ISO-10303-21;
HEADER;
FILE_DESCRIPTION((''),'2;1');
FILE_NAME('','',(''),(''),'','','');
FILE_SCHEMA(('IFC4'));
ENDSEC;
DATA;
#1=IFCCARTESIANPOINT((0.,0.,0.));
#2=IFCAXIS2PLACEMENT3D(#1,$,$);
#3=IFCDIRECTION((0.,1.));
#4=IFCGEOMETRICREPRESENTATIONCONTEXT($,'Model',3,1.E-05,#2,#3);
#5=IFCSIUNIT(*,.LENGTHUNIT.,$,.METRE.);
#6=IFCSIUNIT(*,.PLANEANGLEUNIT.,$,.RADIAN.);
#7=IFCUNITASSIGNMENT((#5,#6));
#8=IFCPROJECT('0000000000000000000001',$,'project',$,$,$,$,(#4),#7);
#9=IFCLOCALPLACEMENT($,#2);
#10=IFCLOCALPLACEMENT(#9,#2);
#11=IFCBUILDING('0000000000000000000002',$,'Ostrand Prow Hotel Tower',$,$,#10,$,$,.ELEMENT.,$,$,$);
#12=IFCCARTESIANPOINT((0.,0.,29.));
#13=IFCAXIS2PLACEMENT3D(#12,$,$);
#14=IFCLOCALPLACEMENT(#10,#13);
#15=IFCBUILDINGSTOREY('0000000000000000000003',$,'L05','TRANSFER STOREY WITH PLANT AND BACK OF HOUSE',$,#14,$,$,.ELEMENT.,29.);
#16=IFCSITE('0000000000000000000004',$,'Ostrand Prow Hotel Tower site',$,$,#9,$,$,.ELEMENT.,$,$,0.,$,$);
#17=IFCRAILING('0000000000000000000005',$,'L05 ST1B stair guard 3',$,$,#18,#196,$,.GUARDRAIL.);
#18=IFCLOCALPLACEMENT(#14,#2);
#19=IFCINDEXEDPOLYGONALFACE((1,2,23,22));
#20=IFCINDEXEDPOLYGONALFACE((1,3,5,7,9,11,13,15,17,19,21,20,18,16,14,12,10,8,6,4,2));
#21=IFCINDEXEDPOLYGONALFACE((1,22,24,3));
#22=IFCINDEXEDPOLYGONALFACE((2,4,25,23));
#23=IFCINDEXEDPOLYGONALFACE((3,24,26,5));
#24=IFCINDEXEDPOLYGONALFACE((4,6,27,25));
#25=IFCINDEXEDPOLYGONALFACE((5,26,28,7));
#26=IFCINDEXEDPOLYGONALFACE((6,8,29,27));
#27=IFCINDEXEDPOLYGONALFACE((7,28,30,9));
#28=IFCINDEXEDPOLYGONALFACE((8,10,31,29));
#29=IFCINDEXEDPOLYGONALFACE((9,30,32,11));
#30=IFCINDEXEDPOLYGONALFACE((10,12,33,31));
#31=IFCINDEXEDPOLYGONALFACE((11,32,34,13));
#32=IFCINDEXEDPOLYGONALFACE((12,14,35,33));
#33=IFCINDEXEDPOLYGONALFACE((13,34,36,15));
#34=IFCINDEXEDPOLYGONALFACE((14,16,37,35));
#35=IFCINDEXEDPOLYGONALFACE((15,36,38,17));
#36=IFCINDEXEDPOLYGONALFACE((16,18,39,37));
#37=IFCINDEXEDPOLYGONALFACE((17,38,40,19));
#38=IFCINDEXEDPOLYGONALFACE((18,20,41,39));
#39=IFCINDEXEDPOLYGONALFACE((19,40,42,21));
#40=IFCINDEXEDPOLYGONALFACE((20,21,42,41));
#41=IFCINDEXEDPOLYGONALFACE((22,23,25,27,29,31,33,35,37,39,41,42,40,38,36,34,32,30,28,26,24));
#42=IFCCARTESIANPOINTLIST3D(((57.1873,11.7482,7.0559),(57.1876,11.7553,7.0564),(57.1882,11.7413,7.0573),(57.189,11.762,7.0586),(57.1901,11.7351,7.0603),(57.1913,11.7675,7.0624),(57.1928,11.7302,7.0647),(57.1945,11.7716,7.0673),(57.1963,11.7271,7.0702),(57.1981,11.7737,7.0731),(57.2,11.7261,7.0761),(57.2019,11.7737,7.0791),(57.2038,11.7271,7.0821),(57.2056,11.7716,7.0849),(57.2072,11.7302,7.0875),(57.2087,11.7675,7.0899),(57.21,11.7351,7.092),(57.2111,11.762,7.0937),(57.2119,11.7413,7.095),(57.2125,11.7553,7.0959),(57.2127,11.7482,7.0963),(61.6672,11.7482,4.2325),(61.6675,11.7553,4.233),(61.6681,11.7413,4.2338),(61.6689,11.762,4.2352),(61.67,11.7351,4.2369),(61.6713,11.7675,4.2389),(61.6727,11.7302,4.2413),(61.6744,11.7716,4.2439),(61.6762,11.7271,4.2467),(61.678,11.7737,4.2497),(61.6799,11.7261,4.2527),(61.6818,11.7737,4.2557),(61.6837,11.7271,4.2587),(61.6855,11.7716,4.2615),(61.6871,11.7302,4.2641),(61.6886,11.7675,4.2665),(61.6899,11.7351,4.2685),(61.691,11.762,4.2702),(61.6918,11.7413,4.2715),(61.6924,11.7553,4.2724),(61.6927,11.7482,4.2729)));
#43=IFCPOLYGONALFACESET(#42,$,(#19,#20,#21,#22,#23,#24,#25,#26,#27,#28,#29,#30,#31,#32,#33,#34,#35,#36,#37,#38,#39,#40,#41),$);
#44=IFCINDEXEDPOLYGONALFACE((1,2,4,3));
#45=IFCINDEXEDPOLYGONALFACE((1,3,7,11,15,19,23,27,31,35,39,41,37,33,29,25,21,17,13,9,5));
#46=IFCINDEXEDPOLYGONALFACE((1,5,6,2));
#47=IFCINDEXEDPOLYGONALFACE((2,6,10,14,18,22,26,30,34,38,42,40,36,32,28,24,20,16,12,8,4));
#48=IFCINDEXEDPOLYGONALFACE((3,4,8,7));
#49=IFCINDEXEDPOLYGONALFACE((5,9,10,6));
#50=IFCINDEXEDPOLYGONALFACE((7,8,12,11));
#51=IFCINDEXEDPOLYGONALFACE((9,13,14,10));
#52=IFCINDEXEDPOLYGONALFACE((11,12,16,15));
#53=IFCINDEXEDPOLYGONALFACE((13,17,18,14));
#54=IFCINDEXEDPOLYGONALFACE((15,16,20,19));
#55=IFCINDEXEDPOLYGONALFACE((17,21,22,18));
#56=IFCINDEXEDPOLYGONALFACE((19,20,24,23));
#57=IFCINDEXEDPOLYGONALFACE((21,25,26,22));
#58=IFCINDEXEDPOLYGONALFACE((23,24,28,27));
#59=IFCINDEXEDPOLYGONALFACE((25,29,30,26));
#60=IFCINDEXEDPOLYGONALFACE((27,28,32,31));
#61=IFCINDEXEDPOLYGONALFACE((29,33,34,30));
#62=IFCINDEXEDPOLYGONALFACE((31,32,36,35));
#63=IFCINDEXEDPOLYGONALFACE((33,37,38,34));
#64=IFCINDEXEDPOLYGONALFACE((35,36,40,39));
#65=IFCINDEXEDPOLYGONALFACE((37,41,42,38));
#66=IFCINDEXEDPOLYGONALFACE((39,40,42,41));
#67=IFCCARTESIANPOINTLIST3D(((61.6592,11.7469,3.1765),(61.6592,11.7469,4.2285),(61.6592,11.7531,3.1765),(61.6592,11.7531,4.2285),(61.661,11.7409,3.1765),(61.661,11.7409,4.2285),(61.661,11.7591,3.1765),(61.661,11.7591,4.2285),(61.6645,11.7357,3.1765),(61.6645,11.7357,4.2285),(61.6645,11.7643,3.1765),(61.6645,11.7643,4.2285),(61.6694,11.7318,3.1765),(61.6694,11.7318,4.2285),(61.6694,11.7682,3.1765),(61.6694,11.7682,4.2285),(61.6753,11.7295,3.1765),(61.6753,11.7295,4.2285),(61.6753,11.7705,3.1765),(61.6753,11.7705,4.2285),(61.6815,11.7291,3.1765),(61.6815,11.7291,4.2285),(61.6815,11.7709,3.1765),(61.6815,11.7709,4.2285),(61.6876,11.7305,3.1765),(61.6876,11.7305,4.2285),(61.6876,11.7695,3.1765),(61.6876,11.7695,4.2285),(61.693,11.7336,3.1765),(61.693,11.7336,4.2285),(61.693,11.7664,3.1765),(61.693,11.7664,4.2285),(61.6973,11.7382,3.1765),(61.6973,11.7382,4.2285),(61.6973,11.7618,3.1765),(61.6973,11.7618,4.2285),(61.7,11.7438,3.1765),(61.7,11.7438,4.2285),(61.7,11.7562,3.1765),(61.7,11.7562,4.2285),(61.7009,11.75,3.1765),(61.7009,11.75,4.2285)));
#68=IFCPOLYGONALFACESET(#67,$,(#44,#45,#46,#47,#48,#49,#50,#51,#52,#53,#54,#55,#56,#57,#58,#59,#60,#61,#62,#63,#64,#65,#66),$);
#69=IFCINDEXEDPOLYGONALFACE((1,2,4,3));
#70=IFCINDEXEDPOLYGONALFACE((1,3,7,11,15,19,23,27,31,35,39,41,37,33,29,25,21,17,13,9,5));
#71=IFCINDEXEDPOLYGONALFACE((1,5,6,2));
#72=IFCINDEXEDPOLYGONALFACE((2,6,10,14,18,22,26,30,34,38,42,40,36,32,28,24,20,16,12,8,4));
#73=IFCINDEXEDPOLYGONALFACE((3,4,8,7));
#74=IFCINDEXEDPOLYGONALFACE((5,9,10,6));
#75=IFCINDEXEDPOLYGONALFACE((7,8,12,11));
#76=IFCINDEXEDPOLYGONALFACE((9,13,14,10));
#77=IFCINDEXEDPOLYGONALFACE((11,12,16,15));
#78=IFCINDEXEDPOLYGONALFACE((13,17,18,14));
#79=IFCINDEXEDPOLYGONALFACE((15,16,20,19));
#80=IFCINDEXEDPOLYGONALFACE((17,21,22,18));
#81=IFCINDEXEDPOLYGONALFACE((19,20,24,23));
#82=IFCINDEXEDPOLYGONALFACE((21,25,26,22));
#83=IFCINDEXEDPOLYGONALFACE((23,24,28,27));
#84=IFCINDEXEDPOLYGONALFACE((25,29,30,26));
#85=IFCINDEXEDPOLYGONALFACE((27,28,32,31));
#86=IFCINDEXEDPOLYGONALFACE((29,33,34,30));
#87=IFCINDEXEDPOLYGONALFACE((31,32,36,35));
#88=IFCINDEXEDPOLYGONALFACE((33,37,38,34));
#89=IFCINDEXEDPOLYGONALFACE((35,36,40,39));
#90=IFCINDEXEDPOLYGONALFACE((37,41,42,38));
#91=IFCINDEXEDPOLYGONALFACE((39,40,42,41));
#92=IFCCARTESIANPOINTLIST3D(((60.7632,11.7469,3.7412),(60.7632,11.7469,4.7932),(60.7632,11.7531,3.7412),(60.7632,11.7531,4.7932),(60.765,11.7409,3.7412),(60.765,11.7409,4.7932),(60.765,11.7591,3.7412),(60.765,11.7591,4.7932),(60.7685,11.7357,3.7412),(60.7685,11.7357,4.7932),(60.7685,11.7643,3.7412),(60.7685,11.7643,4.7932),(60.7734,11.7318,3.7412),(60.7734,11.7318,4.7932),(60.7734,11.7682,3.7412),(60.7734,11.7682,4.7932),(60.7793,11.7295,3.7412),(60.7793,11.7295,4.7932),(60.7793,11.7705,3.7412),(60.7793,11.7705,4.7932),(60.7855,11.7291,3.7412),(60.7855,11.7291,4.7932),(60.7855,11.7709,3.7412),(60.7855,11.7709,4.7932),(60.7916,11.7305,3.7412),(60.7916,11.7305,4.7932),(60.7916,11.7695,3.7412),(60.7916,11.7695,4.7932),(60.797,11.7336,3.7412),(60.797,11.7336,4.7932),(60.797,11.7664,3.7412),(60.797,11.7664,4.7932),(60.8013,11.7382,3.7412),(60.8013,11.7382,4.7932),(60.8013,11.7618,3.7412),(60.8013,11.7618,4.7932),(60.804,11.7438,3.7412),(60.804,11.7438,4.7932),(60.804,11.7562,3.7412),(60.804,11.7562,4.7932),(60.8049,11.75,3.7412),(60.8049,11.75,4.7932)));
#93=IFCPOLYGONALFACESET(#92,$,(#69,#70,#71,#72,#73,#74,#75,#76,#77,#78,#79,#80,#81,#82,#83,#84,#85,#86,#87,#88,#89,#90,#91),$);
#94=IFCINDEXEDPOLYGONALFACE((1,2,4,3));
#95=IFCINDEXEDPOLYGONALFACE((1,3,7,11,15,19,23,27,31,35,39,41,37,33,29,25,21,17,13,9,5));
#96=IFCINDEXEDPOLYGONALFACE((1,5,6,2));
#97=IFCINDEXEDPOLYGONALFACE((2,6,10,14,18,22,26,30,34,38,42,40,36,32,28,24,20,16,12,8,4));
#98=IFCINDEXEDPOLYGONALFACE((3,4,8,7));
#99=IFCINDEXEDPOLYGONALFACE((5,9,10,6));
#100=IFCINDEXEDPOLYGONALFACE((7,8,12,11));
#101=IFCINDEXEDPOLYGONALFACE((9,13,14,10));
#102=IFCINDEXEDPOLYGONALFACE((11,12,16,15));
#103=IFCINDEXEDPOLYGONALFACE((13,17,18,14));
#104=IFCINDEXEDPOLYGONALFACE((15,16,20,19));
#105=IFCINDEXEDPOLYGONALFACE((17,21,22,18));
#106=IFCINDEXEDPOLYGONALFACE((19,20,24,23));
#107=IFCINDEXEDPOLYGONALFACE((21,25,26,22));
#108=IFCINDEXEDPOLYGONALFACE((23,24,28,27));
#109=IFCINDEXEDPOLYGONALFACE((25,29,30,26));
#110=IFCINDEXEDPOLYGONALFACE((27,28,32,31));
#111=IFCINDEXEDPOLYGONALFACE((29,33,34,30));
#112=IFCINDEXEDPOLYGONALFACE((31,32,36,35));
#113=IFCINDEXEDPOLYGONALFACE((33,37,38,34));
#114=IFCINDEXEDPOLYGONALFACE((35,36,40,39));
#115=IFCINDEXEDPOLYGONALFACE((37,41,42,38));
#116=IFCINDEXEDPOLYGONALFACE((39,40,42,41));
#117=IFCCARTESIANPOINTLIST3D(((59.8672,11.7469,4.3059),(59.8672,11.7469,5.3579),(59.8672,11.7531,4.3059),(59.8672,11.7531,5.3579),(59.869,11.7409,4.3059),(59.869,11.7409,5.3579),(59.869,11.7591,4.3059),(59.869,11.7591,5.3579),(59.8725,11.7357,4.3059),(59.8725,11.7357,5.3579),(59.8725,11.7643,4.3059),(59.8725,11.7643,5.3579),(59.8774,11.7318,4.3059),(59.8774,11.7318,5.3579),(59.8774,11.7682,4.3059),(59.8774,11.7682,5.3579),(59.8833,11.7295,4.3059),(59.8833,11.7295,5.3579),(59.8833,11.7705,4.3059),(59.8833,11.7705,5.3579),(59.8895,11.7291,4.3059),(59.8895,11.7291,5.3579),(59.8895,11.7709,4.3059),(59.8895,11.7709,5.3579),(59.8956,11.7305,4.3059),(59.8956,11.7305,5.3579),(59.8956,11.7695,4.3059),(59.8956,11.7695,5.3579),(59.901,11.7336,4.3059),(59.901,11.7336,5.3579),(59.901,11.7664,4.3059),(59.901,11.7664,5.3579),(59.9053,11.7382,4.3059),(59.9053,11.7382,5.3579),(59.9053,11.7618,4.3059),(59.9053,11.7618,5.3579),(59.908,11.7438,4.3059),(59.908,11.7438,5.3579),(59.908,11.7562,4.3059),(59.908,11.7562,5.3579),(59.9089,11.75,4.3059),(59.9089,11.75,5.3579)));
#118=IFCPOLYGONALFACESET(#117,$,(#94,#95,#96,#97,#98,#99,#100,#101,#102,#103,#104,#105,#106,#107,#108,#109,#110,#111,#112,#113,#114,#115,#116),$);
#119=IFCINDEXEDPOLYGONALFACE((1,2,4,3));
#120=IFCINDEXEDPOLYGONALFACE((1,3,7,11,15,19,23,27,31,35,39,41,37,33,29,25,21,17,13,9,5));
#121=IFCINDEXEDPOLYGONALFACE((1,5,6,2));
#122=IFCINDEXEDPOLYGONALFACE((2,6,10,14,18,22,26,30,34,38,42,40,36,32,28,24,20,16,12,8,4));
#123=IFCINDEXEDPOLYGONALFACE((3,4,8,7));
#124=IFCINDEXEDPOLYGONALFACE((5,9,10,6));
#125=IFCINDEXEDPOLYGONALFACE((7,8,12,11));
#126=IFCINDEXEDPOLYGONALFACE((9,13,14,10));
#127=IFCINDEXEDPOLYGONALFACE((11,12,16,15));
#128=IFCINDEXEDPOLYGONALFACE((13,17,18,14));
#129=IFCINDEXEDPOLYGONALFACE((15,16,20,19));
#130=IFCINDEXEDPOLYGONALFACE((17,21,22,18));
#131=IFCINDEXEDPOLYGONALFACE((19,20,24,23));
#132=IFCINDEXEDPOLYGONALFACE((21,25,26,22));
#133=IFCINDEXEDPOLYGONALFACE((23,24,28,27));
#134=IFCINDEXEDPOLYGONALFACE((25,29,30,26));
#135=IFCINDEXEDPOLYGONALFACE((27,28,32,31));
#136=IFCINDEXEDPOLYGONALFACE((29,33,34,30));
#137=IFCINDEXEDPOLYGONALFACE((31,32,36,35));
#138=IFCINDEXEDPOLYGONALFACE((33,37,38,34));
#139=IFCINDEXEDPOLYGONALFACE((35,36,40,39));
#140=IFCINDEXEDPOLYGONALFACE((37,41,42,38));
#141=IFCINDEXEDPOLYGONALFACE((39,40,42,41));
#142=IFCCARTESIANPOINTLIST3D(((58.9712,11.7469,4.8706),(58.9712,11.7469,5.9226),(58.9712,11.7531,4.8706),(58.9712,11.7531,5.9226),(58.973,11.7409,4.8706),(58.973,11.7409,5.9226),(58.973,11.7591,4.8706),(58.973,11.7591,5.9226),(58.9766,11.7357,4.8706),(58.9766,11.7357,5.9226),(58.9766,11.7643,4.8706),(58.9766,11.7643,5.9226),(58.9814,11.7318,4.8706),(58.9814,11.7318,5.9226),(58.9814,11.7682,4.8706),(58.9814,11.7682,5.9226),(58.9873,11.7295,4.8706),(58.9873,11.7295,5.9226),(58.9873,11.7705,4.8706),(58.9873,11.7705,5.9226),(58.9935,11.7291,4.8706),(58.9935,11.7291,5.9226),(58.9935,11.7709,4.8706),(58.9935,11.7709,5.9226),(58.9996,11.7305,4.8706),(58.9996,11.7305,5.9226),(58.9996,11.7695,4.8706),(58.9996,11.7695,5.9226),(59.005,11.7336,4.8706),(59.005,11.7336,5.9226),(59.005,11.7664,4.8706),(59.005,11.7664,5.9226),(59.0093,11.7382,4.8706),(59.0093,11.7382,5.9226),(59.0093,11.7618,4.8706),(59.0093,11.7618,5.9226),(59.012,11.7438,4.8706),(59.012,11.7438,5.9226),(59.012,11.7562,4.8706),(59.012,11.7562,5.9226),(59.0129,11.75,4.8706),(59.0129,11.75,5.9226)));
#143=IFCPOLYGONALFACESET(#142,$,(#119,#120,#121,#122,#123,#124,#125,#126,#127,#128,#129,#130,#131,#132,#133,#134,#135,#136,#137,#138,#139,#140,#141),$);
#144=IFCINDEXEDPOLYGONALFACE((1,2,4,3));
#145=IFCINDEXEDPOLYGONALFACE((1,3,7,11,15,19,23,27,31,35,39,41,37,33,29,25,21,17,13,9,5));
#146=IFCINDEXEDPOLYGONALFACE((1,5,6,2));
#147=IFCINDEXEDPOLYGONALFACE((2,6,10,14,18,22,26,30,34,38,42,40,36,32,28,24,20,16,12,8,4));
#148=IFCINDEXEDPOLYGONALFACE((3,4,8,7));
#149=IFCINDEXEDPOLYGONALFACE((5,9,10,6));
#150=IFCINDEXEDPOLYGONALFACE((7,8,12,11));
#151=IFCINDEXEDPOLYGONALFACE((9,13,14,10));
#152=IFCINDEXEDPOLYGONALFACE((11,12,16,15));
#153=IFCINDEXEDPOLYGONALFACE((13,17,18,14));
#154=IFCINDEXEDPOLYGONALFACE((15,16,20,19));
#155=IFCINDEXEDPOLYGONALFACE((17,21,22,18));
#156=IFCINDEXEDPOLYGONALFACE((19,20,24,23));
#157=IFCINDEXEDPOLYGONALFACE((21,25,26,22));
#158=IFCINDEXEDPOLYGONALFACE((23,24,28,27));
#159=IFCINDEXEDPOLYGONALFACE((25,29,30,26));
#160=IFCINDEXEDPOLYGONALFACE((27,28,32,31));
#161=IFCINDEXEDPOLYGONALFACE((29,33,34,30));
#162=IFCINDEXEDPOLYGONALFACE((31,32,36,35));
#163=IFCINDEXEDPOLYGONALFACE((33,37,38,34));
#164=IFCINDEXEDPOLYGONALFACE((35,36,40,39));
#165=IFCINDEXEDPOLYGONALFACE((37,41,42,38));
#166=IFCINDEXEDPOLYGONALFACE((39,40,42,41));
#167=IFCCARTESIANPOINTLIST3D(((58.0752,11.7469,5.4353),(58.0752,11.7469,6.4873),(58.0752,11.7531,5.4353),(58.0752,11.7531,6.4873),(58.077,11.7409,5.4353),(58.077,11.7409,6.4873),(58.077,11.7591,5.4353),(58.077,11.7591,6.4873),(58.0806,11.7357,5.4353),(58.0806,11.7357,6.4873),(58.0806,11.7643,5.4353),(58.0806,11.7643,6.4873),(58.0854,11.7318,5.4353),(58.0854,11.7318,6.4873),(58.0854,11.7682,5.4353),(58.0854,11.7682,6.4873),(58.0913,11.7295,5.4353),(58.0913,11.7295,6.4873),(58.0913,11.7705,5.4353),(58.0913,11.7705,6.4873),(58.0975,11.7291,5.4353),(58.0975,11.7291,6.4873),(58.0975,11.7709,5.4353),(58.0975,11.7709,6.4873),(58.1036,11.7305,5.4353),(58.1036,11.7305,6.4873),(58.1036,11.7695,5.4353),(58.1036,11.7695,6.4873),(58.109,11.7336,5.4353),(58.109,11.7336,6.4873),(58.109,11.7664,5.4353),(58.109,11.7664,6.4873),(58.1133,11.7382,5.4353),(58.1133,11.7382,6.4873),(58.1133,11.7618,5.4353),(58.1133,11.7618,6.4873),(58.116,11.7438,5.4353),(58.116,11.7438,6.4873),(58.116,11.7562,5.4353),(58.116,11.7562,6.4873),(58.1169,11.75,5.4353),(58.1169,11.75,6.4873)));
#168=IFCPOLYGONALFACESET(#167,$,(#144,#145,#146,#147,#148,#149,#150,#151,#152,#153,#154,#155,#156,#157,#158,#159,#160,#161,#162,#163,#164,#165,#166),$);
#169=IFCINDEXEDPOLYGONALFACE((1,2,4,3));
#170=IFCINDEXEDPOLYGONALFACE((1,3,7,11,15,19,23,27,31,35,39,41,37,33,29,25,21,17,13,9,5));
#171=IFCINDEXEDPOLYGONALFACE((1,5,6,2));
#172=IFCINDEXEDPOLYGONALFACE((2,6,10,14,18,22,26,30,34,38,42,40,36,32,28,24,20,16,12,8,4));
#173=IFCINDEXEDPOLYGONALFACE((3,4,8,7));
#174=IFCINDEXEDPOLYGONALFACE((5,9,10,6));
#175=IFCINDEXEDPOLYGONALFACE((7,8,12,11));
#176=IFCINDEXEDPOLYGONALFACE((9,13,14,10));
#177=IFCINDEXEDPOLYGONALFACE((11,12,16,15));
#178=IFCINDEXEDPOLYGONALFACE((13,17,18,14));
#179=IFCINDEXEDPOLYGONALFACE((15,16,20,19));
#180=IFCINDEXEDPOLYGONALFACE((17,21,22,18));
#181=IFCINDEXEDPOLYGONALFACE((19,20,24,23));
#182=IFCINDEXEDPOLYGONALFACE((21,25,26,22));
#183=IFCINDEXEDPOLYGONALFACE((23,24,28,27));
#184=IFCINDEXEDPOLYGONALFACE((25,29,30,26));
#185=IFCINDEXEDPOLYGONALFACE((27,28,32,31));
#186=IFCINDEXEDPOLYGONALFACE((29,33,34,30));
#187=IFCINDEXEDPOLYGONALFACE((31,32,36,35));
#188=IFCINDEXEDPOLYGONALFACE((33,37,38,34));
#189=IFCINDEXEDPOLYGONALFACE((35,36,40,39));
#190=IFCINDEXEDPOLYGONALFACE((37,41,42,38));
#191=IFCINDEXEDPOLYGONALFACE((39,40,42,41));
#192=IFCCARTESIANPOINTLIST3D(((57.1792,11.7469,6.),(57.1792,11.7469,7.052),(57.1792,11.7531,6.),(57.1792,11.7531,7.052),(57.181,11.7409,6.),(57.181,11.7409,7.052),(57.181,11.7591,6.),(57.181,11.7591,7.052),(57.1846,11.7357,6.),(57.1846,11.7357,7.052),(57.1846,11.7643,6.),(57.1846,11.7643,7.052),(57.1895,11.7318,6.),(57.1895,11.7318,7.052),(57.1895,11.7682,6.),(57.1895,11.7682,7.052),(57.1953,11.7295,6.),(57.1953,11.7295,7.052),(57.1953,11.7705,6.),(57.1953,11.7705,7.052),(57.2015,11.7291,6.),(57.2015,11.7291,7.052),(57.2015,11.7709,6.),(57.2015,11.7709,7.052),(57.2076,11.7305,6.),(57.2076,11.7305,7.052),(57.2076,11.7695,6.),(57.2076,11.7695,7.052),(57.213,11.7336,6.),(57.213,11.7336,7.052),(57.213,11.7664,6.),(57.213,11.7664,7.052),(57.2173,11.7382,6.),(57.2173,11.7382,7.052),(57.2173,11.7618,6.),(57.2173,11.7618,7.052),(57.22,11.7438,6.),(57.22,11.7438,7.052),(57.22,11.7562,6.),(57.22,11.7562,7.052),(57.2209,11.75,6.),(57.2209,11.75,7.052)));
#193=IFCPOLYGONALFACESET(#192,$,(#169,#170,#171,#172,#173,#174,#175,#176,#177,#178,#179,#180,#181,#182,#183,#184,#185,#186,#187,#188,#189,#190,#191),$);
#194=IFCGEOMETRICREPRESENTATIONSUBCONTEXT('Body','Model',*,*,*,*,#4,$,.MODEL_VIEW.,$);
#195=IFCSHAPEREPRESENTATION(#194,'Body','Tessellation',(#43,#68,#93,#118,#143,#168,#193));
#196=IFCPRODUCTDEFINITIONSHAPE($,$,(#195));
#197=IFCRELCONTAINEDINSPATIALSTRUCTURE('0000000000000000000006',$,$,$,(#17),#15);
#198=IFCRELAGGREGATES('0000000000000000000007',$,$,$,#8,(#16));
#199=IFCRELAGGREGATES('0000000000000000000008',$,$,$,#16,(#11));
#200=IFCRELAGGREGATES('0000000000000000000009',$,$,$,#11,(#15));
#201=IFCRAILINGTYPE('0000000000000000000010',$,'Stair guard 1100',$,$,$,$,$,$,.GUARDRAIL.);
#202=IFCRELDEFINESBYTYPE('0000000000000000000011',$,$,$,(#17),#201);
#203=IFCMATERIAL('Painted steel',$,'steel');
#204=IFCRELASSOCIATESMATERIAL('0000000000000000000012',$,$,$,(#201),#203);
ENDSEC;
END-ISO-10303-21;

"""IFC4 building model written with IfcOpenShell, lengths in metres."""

from ifc_helpers import new_model, si_unit, direction, frame, origin, origin_2d, place, context, subcontext, project, spatial, circle, extrude, material, type_object, element, save


model = new_model("IFC4")

# Units and contexts
model_context = context("Model", 3, precision=1e-05, world=origin(), true_north=direction((0.0, 1.0)))
body_context = subcontext(model_context, "Body", "Model", "MODEL_VIEW")
ifc_project = project(units=[si_unit("LENGTHUNIT", "METRE"), si_unit("PLANEANGLEUNIT", "RADIAN")], contexts=[model_context])

# Site, building, storey
site_placement = place(None, origin())
site = spatial("IfcSite", under=ifc_project, at=site_placement, Name="Ostrand Prow Hotel Tower site", CompositionType="ELEMENT", RefElevation=0.0)
building_placement = place(site_placement, origin())
building = spatial("IfcBuilding", under=site, at=building_placement, Name="Ostrand Prow Hotel Tower", CompositionType="ELEMENT")
storey_placement = place(building_placement, frame((0.0, 0.0, 29.0)))
storey = spatial("IfcBuildingStorey", under=building, at=storey_placement, Name="L05", Description="TRANSFER STOREY WITH PLANT AND BACK OF HOUSE", CompositionType="ELEMENT", Elevation=29.0)

# Railing
ifc_material_1 = material(Name="Painted steel", Category="steel")
railing_type_1 = type_object("IfcRailingType", Name="Stair guard 1100", PredefinedType="GUARDRAIL", material=ifc_material_1)
railing_1_placement = place(storey_placement, frame((61.6799, 11.75, 3.1765)))
element("IfcRailing", 1, at=railing_1_placement, inside=storey, type_object=railing_type_1, Name="L05 ST1B stair guard 3", PredefinedType="GUARDRAIL", context=body_context, shape_type="SweptSolid", body=[
    extrude(circle(Radius=0.0239, at=origin_2d()), frame((0.0, 0.0, 1.0762), z_axis=(-0.845998, 0.0, 0.533186), x_axis=(0.0, -1.0, 0.0)), (0.0, 0.0, 1.0), 5.2954),
    extrude(circle(Radius=0.021, at=origin_2d()), origin(), (0.0, 0.0, 1.0), 1.052),
    extrude(circle(Radius=0.021, at=origin_2d()), frame((-0.896, 0.0, 0.5647)), (0.0, 0.0, 1.0), 1.052),
    extrude(circle(Radius=0.021, at=origin_2d()), frame((-1.792, 0.0, 1.1294)), (0.0, 0.0, 1.0), 1.052),
    extrude(circle(Radius=0.021, at=origin_2d()), frame((-2.688, 0.0, 1.6941)), (0.0, 0.0, 1.0), 1.052),
    extrude(circle(Radius=0.021, at=origin_2d()), frame((-3.584, 0.0, 2.2588)), (0.0, 0.0, 1.0), 1.052),
    extrude(circle(Radius=0.021, at=origin_2d()), frame((-4.48, 0.0, 2.8235)), (0.0, 0.0, 1.0), 1.052),
])

save(model, "model.ifc")
